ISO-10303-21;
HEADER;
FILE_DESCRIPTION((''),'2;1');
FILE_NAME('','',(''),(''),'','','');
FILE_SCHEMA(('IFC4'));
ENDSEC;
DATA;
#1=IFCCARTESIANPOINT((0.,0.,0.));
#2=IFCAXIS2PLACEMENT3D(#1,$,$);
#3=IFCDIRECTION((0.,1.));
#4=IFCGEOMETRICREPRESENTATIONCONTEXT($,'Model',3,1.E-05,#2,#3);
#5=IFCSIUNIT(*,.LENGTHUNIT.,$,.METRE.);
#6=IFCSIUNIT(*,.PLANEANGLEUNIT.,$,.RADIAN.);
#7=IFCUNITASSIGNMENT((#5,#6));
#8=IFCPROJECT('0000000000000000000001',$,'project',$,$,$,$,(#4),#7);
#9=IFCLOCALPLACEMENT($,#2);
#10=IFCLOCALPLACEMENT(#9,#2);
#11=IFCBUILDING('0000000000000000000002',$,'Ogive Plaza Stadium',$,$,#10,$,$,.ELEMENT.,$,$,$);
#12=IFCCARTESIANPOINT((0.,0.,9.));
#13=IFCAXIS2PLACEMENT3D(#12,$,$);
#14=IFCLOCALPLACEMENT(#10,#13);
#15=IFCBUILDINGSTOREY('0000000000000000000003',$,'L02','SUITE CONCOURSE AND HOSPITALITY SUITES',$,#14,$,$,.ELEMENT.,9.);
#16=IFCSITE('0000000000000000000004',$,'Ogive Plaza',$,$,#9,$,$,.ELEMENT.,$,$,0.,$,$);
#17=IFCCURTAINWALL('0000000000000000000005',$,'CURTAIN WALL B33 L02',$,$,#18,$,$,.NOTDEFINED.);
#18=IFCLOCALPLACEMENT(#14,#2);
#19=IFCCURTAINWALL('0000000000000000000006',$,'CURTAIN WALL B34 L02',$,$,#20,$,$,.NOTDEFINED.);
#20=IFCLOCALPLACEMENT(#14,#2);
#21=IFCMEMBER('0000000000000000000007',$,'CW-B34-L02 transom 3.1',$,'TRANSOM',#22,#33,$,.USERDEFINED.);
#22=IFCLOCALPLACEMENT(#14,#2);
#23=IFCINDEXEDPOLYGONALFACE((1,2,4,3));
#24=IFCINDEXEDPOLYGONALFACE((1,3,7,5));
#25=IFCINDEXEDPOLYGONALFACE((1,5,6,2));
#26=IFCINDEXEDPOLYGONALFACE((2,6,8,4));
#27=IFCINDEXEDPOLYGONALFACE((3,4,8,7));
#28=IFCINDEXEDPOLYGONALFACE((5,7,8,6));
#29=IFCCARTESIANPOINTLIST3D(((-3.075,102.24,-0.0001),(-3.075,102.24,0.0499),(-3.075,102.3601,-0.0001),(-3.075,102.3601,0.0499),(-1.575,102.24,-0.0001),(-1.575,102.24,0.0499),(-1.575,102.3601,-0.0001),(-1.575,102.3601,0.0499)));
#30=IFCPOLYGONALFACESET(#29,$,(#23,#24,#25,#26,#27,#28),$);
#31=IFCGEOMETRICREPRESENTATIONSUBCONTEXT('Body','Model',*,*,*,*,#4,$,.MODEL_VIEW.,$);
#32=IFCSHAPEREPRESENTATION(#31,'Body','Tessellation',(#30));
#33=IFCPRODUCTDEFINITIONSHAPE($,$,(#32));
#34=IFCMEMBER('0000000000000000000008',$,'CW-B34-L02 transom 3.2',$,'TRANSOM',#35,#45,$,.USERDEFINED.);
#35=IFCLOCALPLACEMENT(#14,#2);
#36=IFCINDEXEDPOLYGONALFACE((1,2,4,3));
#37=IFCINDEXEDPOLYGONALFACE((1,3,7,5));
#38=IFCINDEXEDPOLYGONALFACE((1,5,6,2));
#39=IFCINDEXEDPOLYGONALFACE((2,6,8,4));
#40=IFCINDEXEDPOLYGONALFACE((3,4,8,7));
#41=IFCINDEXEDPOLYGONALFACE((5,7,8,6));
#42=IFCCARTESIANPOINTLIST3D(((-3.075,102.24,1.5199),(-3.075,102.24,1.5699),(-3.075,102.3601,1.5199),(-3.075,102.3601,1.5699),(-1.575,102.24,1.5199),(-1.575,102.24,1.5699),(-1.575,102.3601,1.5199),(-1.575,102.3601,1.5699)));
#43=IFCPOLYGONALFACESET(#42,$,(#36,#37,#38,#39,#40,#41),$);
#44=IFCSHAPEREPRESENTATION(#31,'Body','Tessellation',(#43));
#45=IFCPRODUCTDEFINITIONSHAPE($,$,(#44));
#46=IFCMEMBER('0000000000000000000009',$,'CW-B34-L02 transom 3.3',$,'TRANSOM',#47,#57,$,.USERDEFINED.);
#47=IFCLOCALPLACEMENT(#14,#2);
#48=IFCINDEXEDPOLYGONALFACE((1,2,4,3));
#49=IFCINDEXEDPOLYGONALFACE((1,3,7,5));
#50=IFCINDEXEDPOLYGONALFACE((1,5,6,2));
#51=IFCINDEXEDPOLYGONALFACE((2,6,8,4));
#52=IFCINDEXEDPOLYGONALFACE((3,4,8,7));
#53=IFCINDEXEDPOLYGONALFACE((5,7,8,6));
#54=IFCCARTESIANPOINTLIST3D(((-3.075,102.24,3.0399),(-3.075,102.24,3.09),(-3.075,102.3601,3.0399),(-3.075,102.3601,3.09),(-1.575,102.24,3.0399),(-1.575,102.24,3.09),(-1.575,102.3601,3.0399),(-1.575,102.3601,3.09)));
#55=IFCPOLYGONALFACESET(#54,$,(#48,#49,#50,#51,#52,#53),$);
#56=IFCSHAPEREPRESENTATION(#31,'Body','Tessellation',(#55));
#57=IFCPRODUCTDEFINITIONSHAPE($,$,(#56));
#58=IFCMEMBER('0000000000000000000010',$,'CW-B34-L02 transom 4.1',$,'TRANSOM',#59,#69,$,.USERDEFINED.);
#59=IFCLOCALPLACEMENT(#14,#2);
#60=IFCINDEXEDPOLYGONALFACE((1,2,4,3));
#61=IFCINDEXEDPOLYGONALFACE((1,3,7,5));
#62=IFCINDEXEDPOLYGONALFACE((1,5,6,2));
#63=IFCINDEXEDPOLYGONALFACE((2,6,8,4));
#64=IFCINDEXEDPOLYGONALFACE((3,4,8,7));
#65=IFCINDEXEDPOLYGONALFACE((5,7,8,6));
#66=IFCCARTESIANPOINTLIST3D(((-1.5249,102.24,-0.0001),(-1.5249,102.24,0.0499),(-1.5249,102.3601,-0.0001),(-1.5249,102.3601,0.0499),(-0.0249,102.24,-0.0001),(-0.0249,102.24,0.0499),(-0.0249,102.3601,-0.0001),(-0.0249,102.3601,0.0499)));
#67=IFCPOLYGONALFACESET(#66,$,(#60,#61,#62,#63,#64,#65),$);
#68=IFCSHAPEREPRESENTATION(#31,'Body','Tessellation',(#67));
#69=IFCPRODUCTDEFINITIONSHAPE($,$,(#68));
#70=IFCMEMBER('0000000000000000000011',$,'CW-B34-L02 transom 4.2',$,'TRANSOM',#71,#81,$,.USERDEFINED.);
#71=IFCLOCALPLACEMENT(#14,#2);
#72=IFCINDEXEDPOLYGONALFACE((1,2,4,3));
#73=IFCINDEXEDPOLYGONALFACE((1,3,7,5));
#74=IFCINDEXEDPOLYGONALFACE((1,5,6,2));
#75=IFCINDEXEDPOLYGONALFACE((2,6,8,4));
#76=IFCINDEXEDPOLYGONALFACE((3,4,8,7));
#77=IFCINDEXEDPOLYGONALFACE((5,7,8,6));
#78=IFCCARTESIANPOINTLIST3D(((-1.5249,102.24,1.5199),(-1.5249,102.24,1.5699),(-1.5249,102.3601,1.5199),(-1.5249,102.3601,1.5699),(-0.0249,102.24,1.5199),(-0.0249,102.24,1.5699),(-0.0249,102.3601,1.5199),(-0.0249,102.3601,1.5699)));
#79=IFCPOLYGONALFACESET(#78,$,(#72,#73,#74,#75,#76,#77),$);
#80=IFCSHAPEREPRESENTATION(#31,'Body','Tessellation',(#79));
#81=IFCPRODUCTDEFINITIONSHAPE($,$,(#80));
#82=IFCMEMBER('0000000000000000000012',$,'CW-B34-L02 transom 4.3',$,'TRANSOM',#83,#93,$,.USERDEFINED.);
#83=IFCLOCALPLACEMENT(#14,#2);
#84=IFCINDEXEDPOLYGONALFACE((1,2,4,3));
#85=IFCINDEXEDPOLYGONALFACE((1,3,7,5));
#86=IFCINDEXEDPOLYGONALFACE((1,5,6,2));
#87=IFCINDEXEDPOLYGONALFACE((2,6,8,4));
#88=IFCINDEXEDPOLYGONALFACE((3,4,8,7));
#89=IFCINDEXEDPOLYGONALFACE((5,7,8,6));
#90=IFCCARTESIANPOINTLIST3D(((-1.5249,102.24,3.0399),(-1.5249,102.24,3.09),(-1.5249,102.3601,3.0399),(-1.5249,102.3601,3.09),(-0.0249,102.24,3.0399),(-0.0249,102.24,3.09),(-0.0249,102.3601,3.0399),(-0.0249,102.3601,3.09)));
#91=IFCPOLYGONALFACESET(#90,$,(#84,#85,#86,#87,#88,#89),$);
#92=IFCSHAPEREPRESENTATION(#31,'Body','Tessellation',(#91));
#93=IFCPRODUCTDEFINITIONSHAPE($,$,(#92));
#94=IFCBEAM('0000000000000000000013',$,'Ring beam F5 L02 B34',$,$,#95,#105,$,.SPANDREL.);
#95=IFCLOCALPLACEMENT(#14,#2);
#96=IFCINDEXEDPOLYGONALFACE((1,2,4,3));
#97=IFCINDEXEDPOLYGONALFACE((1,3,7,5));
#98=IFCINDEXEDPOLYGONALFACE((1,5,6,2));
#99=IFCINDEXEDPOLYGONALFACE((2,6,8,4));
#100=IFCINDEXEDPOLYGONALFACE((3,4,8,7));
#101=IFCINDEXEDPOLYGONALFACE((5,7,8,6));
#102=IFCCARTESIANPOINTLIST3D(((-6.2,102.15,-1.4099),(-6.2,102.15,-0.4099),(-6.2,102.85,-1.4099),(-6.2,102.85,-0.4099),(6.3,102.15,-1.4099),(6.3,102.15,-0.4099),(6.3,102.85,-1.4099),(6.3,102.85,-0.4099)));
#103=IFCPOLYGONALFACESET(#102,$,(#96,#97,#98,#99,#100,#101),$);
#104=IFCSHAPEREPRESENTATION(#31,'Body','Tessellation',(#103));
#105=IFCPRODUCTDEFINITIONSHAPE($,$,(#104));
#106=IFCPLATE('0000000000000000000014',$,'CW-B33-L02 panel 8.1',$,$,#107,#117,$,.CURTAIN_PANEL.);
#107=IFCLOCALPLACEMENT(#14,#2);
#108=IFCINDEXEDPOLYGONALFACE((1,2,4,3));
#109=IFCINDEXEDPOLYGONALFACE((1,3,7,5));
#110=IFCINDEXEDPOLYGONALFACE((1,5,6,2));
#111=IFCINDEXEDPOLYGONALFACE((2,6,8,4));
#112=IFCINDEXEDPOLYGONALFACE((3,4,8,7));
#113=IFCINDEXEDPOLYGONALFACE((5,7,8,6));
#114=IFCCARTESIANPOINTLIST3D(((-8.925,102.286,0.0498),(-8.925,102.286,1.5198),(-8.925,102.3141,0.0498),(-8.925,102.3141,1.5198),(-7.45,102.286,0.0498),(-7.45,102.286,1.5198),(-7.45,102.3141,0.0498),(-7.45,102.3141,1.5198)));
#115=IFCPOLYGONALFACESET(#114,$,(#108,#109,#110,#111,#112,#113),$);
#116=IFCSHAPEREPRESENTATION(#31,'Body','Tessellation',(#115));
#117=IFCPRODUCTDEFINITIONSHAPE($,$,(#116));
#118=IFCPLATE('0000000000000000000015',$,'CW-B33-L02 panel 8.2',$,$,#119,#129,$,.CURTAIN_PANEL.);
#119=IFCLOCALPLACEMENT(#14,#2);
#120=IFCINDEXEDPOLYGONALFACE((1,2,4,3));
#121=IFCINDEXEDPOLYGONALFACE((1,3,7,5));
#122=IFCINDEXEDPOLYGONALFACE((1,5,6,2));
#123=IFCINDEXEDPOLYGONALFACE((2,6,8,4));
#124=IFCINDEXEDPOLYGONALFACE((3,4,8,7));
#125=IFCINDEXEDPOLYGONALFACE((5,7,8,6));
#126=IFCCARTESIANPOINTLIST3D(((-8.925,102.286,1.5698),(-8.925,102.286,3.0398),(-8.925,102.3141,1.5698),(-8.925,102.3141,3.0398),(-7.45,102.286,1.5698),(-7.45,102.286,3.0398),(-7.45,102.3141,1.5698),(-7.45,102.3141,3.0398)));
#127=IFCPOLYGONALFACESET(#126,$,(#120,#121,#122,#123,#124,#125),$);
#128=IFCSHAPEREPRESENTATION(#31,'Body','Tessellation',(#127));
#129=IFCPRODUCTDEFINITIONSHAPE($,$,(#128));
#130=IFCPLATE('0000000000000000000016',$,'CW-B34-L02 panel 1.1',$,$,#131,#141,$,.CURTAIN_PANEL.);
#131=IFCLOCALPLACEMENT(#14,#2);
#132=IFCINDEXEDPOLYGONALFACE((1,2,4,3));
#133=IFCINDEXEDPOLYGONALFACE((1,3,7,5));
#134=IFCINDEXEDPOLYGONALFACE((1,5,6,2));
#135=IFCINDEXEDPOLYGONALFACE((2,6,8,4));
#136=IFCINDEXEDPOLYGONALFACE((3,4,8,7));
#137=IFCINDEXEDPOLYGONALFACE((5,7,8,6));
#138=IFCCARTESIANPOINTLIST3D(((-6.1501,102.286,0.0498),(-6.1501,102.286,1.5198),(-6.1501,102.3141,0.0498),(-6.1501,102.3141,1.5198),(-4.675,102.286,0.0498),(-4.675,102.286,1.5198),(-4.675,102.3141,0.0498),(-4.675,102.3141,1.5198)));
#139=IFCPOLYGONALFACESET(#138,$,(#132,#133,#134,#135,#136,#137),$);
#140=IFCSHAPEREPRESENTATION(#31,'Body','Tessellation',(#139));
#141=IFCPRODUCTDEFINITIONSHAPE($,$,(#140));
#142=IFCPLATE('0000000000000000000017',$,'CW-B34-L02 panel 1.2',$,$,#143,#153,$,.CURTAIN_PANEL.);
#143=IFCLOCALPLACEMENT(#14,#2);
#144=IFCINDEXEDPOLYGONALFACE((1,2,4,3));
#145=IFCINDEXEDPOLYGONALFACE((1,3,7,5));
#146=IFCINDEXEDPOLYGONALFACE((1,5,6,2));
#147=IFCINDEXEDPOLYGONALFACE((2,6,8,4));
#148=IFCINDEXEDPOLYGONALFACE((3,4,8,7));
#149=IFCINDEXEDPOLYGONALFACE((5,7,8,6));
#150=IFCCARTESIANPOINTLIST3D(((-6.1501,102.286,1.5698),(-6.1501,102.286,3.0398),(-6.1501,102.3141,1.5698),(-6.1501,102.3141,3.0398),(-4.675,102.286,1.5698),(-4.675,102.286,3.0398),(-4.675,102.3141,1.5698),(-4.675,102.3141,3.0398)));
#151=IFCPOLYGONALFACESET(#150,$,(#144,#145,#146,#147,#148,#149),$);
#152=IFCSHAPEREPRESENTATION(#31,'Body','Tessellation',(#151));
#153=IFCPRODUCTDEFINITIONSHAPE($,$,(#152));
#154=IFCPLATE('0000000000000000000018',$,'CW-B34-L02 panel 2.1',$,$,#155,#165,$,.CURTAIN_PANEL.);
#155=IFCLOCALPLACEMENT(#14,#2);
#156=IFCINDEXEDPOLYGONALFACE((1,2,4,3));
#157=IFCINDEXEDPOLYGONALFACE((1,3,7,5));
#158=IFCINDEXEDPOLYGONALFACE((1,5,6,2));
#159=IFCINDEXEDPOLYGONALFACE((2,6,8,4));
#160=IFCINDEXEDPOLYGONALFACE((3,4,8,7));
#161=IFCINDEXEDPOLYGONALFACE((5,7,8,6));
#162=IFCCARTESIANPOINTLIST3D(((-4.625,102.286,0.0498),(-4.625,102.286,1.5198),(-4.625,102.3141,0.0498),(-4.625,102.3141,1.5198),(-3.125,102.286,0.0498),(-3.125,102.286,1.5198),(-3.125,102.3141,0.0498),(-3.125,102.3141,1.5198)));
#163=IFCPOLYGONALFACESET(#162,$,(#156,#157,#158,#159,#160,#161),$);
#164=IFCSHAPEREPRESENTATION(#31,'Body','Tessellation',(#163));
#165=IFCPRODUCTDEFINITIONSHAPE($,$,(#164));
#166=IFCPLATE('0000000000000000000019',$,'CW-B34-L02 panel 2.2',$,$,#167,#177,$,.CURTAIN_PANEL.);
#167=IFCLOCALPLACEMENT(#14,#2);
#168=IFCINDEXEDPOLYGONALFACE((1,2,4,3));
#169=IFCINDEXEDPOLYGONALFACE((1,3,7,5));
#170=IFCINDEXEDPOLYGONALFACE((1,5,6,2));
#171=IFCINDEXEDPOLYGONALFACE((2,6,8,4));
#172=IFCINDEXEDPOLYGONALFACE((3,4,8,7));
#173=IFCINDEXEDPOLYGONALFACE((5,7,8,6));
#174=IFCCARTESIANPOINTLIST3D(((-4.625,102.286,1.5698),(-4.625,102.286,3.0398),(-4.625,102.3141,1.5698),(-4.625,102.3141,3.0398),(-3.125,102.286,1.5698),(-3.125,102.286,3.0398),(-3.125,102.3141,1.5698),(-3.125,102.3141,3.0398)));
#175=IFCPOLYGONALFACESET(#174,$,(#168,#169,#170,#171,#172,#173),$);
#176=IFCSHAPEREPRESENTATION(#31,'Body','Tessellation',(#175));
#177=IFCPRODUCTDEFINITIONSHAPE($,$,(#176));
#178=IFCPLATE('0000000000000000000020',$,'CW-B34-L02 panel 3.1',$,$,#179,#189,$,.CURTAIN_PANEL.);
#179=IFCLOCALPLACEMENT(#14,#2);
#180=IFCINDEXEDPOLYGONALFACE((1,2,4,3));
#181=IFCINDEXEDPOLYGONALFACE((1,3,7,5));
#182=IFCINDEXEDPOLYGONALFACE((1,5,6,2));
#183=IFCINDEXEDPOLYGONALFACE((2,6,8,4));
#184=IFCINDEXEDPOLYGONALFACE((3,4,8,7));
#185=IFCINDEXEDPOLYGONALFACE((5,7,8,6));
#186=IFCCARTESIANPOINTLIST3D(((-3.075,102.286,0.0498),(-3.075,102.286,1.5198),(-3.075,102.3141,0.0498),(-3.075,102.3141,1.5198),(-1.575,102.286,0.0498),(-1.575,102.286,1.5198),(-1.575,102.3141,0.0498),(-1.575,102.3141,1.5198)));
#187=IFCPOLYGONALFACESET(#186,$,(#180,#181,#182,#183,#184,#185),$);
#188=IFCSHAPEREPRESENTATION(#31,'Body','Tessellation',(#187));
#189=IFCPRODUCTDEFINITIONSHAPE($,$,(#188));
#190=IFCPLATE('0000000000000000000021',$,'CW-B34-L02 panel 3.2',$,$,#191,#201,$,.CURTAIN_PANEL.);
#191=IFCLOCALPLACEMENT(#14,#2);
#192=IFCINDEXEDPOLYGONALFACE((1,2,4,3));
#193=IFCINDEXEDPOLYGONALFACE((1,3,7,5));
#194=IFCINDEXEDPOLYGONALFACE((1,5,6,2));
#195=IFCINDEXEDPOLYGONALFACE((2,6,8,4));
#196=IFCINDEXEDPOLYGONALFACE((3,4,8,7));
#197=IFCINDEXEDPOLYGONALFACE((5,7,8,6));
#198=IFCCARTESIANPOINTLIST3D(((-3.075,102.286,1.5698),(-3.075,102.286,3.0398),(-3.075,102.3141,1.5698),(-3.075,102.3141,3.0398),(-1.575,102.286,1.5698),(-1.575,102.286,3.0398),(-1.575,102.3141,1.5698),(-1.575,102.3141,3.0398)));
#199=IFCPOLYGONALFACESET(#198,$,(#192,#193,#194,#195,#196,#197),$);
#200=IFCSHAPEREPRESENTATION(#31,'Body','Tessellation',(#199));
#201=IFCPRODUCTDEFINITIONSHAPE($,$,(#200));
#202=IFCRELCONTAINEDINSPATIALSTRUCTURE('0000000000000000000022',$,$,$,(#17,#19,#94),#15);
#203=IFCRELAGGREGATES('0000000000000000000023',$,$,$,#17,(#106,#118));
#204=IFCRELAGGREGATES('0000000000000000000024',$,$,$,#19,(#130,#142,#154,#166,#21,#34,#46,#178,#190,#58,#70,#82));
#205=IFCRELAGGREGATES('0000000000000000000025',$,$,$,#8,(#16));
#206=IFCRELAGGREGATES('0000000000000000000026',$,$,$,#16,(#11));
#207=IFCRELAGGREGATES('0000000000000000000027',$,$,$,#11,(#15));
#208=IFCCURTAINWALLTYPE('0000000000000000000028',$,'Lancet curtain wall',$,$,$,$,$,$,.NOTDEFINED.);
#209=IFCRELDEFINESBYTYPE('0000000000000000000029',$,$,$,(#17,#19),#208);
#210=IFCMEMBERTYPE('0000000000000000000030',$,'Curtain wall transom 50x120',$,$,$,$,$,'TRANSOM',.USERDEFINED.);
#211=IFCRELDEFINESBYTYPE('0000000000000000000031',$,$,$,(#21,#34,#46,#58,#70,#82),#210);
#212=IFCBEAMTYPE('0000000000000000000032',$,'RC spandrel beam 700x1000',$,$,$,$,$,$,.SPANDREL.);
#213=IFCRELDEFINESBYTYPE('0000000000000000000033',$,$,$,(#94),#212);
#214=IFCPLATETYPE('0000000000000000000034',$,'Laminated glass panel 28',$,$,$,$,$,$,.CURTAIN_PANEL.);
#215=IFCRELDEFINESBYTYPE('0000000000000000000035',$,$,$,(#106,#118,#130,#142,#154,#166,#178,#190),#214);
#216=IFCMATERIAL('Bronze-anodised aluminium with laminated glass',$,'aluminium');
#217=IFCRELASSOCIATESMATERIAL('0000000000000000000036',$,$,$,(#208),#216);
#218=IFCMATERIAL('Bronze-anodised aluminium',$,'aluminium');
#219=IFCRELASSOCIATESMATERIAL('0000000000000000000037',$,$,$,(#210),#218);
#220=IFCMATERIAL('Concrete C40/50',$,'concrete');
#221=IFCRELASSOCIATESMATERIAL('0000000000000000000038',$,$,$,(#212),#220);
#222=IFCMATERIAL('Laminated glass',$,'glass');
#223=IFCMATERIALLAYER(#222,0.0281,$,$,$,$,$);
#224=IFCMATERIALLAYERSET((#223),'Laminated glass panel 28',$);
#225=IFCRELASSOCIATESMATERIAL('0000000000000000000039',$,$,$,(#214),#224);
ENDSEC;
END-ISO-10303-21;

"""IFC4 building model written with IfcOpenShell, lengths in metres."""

from ifc_helpers import new_model, si_unit, direction, frame, origin, origin_2d, place, context, subcontext, project, spatial, rectangle, extrude, material, layer, layer_set, material_profile, profile_set, type_object, element, aggregate, save


model = new_model("IFC4")

# Units and contexts
model_context = context("Model", 3, precision=1e-05, world=origin(), true_north=direction((0.0, 1.0)))
body_context = subcontext(model_context, "Body", "Model", "MODEL_VIEW")
ifc_project = project(units=[si_unit("LENGTHUNIT", "METRE"), si_unit("PLANEANGLEUNIT", "RADIAN")], contexts=[model_context])

# Site, building, storey
site_placement = place(None, origin())
site = spatial("IfcSite", under=ifc_project, at=site_placement, Name="Ogive Plaza", CompositionType="ELEMENT", RefElevation=0.0)
building_placement = place(site_placement, origin())
building = spatial("IfcBuilding", under=site, at=building_placement, Name="Ogive Plaza Stadium", CompositionType="ELEMENT")
storey_placement = place(building_placement, frame((0.0, 0.0, 9.0)))
storey = spatial("IfcBuildingStorey", under=building, at=storey_placement, Name="L02", Description="SUITE CONCOURSE AND HOSPITALITY SUITES", CompositionType="ELEMENT", Elevation=9.0)

# Curtain wall
ifc_material_1 = material(Name="Bronze-anodised aluminium with laminated glass", Category="aluminium")
curtain_wall_type = type_object("IfcCurtainWallType", Name="Lancet curtain wall", PredefinedType="NOTDEFINED", material=ifc_material_1)
curtain_wall_1_placement = place(storey_placement, origin())
curtain_wall_1 = element("IfcCurtainWall", 1, at=curtain_wall_1_placement, inside=storey, type_object=curtain_wall_type, Name="CURTAIN WALL B33 L02", PredefinedType="NOTDEFINED")

# Curtain wall
curtain_wall_2_placement = place(storey_placement, origin())
curtain_wall_2 = element("IfcCurtainWall", 2, at=curtain_wall_2_placement, inside=storey, type_object=curtain_wall_type, Name="CURTAIN WALL B34 L02", PredefinedType="NOTDEFINED")

# Members
ifc_material_2 = material(Name="Bronze-anodised aluminium", Category="aluminium")
ifc_material_profile_1 = material_profile(ifc_material_2, rectangle(XDim=0.1201, YDim=0.05, at=origin_2d()), Name="AL 120x50")
ifc_profile_set_1 = profile_set([ifc_material_profile_1], Name="Bronze-anodised aluminium")
member_type_1 = type_object("IfcMemberType", Name="Curtain wall transom 50x120", ElementType="TRANSOM", PredefinedType="USERDEFINED", material=ifc_profile_set_1)
member_1_placement = place(storey_placement, frame((-3.075, 102.3, 0.0249), z_axis=(1.0, 0.0, 0.0), x_axis=(0.0, 1.0, 0.0)))
member_1 = element("IfcMember", 3, at=member_1_placement, type_object=member_type_1, Name="CW-B34-L02 transom 3.1", ObjectType="TRANSOM", PredefinedType="USERDEFINED", context=body_context, shape_type="SweptSolid", body=[
    extrude(rectangle(XDim=0.1201, YDim=0.05, at=origin_2d()), origin(), (0.0, 0.0, 1.0), 1.5),
])
member_2_placement = place(storey_placement, frame((-3.075, 102.3, 1.5449), z_axis=(1.0, 0.0, 0.0), x_axis=(0.0, 1.0, 0.0)))
member_2 = element("IfcMember", 4, at=member_2_placement, type_object=member_type_1, Name="CW-B34-L02 transom 3.2", ObjectType="TRANSOM", PredefinedType="USERDEFINED", context=body_context, shape_type="SweptSolid", body=[
    extrude(rectangle(XDim=0.1201, YDim=0.05, at=origin_2d()), origin(), (0.0, 0.0, 1.0), 1.5),
])
member_3_placement = place(storey_placement, frame((-3.075, 102.3, 3.0649), z_axis=(1.0, 0.0, 0.0), x_axis=(0.0, 1.0, 0.0)))
member_3 = element("IfcMember", 5, at=member_3_placement, type_object=member_type_1, Name="CW-B34-L02 transom 3.3", ObjectType="TRANSOM", PredefinedType="USERDEFINED", context=body_context, shape_type="SweptSolid", body=[
    extrude(rectangle(XDim=0.1201, YDim=0.05, at=origin_2d()), origin(), (0.0, 0.0, 1.0), 1.5),
])
member_4_placement = place(storey_placement, frame((-1.5249, 102.3, 0.0249), z_axis=(1.0, 0.0, 0.0), x_axis=(0.0, 1.0, 0.0)))
member_4 = element("IfcMember", 6, at=member_4_placement, type_object=member_type_1, Name="CW-B34-L02 transom 4.1", ObjectType="TRANSOM", PredefinedType="USERDEFINED", context=body_context, shape_type="SweptSolid", body=[
    extrude(rectangle(XDim=0.1201, YDim=0.05, at=origin_2d()), origin(), (0.0, 0.0, 1.0), 1.5),
])
member_5_placement = place(storey_placement, frame((-1.5249, 102.3, 1.5449), z_axis=(1.0, 0.0, 0.0), x_axis=(0.0, 1.0, 0.0)))
member_5 = element("IfcMember", 7, at=member_5_placement, type_object=member_type_1, Name="CW-B34-L02 transom 4.2", ObjectType="TRANSOM", PredefinedType="USERDEFINED", context=body_context, shape_type="SweptSolid", body=[
    extrude(rectangle(XDim=0.1201, YDim=0.05, at=origin_2d()), origin(), (0.0, 0.0, 1.0), 1.5),
])
member_6_placement = place(storey_placement, frame((-1.5249, 102.3, 3.0649), z_axis=(1.0, 0.0, 0.0), x_axis=(0.0, 1.0, 0.0)))
member_6 = element("IfcMember", 8, at=member_6_placement, type_object=member_type_1, Name="CW-B34-L02 transom 4.3", ObjectType="TRANSOM", PredefinedType="USERDEFINED", context=body_context, shape_type="SweptSolid", body=[
    extrude(rectangle(XDim=0.1201, YDim=0.05, at=origin_2d()), origin(), (0.0, 0.0, 1.0), 1.5),
])

# Beam
ifc_material_3 = material(Name="Concrete C40/50", Category="concrete")
ifc_material_profile_2 = material_profile(ifc_material_3, rectangle(XDim=0.7, YDim=1.0, at=origin_2d()), Name="RC 700x1000")
ifc_profile_set_2 = profile_set([ifc_material_profile_2], Name="Concrete C40/50")
beam_type = type_object("IfcBeamType", Name="RC spandrel beam 700x1000", PredefinedType="SPANDREL", material=ifc_profile_set_2)
beam_placement = place(storey_placement, frame((-6.2, 102.5, -0.9099), z_axis=(1.0, 0.0, 0.0), x_axis=(0.0, 1.0, 0.0)))
element("IfcBeam", 9, at=beam_placement, inside=storey, type_object=beam_type, Name="Ring beam F5 L02 B34", PredefinedType="SPANDREL", context=body_context, shape_type="SweptSolid", body=[
    extrude(rectangle(XDim=0.7, YDim=1.0, at=origin_2d()), origin(), (0.0, 0.0, 1.0), 12.5),
])

# Plates
ifc_material_4 = material(Name="Laminated glass", Category="glass")
ifc_layer = layer(ifc_material_4, 0.0281)
ifc_layer_set = layer_set([ifc_layer], Name="Laminated glass panel 28")
plate_type = type_object("IfcPlateType", Name="Laminated glass panel 28", PredefinedType="CURTAIN_PANEL", material=ifc_layer_set)
plate_1_placement = place(storey_placement, frame((-8.1875, 102.3, 0.0498), z_axis=(0.0, 0.0, 1.0), x_axis=(1.0, 0.0, 0.0)))
plate_1 = element("IfcPlate", 10, at=plate_1_placement, type_object=plate_type, Name="CW-B33-L02 panel 8.1", PredefinedType="CURTAIN_PANEL", context=body_context, shape_type="SweptSolid", body=[
    extrude(rectangle(XDim=1.4751, YDim=0.0281, at=origin_2d()), origin(), (0.0, 0.0, 1.0), 1.47),
])
plate_2_placement = place(storey_placement, frame((-8.1875, 102.3, 1.5698), z_axis=(0.0, 0.0, 1.0), x_axis=(1.0, 0.0, 0.0)))
plate_2 = element("IfcPlate", 11, at=plate_2_placement, type_object=plate_type, Name="CW-B33-L02 panel 8.2", PredefinedType="CURTAIN_PANEL", context=body_context, shape_type="SweptSolid", body=[
    extrude(rectangle(XDim=1.4751, YDim=0.0281, at=origin_2d()), origin(), (0.0, 0.0, 1.0), 1.47),
])
aggregate(curtain_wall_1, [plate_1, plate_2])
plate_3_placement = place(storey_placement, frame((-5.4126, 102.3, 0.0498), z_axis=(0.0, 0.0, 1.0), x_axis=(1.0, 0.0, 0.0)))
plate_3 = element("IfcPlate", 12, at=plate_3_placement, type_object=plate_type, Name="CW-B34-L02 panel 1.1", PredefinedType="CURTAIN_PANEL", context=body_context, shape_type="SweptSolid", body=[
    extrude(rectangle(XDim=1.4751, YDim=0.0281, at=origin_2d()), origin(), (0.0, 0.0, 1.0), 1.47),
])
plate_4_placement = place(storey_placement, frame((-5.4126, 102.3, 1.5698), z_axis=(0.0, 0.0, 1.0), x_axis=(1.0, 0.0, 0.0)))
plate_4 = element("IfcPlate", 13, at=plate_4_placement, type_object=plate_type, Name="CW-B34-L02 panel 1.2", PredefinedType="CURTAIN_PANEL", context=body_context, shape_type="SweptSolid", body=[
    extrude(rectangle(XDim=1.4751, YDim=0.0281, at=origin_2d()), origin(), (0.0, 0.0, 1.0), 1.47),
])
plate_5_placement = place(storey_placement, frame((-3.875, 102.3, 0.0498), z_axis=(0.0, 0.0, 1.0), x_axis=(1.0, 0.0, 0.0)))
plate_5 = element("IfcPlate", 14, at=plate_5_placement, type_object=plate_type, Name="CW-B34-L02 panel 2.1", PredefinedType="CURTAIN_PANEL", context=body_context, shape_type="SweptSolid", body=[
    extrude(rectangle(XDim=1.5, YDim=0.0281, at=origin_2d()), origin(), (0.0, 0.0, 1.0), 1.47),
])
plate_6_placement = place(storey_placement, frame((-3.875, 102.3, 1.5698), z_axis=(0.0, 0.0, 1.0), x_axis=(1.0, 0.0, 0.0)))
plate_6 = element("IfcPlate", 15, at=plate_6_placement, type_object=plate_type, Name="CW-B34-L02 panel 2.2", PredefinedType="CURTAIN_PANEL", context=body_context, shape_type="SweptSolid", body=[
    extrude(rectangle(XDim=1.5, YDim=0.0281, at=origin_2d()), origin(), (0.0, 0.0, 1.0), 1.47),
])
plate_7_placement = place(storey_placement, frame((-2.325, 102.3, 0.0498), z_axis=(0.0, 0.0, 1.0), x_axis=(1.0, 0.0, 0.0)))
plate_7 = element("IfcPlate", 16, at=plate_7_placement, type_object=plate_type, Name="CW-B34-L02 panel 3.1", PredefinedType="CURTAIN_PANEL", context=body_context, shape_type="SweptSolid", body=[
    extrude(rectangle(XDim=1.5, YDim=0.0281, at=origin_2d()), origin(), (0.0, 0.0, 1.0), 1.47),
])
plate_8_placement = place(storey_placement, frame((-2.325, 102.3, 1.5698), z_axis=(0.0, 0.0, 1.0), x_axis=(1.0, 0.0, 0.0)))
plate_8 = element("IfcPlate", 17, at=plate_8_placement, type_object=plate_type, Name="CW-B34-L02 panel 3.2", PredefinedType="CURTAIN_PANEL", context=body_context, shape_type="SweptSolid", body=[
    extrude(rectangle(XDim=1.5, YDim=0.0281, at=origin_2d()), origin(), (0.0, 0.0, 1.0), 1.47),
])
aggregate(curtain_wall_2, [plate_3, plate_4, plate_5, plate_6, member_1, member_2, member_3, plate_7, plate_8, member_4, member_5, member_6])

save(model, "model.ifc")
